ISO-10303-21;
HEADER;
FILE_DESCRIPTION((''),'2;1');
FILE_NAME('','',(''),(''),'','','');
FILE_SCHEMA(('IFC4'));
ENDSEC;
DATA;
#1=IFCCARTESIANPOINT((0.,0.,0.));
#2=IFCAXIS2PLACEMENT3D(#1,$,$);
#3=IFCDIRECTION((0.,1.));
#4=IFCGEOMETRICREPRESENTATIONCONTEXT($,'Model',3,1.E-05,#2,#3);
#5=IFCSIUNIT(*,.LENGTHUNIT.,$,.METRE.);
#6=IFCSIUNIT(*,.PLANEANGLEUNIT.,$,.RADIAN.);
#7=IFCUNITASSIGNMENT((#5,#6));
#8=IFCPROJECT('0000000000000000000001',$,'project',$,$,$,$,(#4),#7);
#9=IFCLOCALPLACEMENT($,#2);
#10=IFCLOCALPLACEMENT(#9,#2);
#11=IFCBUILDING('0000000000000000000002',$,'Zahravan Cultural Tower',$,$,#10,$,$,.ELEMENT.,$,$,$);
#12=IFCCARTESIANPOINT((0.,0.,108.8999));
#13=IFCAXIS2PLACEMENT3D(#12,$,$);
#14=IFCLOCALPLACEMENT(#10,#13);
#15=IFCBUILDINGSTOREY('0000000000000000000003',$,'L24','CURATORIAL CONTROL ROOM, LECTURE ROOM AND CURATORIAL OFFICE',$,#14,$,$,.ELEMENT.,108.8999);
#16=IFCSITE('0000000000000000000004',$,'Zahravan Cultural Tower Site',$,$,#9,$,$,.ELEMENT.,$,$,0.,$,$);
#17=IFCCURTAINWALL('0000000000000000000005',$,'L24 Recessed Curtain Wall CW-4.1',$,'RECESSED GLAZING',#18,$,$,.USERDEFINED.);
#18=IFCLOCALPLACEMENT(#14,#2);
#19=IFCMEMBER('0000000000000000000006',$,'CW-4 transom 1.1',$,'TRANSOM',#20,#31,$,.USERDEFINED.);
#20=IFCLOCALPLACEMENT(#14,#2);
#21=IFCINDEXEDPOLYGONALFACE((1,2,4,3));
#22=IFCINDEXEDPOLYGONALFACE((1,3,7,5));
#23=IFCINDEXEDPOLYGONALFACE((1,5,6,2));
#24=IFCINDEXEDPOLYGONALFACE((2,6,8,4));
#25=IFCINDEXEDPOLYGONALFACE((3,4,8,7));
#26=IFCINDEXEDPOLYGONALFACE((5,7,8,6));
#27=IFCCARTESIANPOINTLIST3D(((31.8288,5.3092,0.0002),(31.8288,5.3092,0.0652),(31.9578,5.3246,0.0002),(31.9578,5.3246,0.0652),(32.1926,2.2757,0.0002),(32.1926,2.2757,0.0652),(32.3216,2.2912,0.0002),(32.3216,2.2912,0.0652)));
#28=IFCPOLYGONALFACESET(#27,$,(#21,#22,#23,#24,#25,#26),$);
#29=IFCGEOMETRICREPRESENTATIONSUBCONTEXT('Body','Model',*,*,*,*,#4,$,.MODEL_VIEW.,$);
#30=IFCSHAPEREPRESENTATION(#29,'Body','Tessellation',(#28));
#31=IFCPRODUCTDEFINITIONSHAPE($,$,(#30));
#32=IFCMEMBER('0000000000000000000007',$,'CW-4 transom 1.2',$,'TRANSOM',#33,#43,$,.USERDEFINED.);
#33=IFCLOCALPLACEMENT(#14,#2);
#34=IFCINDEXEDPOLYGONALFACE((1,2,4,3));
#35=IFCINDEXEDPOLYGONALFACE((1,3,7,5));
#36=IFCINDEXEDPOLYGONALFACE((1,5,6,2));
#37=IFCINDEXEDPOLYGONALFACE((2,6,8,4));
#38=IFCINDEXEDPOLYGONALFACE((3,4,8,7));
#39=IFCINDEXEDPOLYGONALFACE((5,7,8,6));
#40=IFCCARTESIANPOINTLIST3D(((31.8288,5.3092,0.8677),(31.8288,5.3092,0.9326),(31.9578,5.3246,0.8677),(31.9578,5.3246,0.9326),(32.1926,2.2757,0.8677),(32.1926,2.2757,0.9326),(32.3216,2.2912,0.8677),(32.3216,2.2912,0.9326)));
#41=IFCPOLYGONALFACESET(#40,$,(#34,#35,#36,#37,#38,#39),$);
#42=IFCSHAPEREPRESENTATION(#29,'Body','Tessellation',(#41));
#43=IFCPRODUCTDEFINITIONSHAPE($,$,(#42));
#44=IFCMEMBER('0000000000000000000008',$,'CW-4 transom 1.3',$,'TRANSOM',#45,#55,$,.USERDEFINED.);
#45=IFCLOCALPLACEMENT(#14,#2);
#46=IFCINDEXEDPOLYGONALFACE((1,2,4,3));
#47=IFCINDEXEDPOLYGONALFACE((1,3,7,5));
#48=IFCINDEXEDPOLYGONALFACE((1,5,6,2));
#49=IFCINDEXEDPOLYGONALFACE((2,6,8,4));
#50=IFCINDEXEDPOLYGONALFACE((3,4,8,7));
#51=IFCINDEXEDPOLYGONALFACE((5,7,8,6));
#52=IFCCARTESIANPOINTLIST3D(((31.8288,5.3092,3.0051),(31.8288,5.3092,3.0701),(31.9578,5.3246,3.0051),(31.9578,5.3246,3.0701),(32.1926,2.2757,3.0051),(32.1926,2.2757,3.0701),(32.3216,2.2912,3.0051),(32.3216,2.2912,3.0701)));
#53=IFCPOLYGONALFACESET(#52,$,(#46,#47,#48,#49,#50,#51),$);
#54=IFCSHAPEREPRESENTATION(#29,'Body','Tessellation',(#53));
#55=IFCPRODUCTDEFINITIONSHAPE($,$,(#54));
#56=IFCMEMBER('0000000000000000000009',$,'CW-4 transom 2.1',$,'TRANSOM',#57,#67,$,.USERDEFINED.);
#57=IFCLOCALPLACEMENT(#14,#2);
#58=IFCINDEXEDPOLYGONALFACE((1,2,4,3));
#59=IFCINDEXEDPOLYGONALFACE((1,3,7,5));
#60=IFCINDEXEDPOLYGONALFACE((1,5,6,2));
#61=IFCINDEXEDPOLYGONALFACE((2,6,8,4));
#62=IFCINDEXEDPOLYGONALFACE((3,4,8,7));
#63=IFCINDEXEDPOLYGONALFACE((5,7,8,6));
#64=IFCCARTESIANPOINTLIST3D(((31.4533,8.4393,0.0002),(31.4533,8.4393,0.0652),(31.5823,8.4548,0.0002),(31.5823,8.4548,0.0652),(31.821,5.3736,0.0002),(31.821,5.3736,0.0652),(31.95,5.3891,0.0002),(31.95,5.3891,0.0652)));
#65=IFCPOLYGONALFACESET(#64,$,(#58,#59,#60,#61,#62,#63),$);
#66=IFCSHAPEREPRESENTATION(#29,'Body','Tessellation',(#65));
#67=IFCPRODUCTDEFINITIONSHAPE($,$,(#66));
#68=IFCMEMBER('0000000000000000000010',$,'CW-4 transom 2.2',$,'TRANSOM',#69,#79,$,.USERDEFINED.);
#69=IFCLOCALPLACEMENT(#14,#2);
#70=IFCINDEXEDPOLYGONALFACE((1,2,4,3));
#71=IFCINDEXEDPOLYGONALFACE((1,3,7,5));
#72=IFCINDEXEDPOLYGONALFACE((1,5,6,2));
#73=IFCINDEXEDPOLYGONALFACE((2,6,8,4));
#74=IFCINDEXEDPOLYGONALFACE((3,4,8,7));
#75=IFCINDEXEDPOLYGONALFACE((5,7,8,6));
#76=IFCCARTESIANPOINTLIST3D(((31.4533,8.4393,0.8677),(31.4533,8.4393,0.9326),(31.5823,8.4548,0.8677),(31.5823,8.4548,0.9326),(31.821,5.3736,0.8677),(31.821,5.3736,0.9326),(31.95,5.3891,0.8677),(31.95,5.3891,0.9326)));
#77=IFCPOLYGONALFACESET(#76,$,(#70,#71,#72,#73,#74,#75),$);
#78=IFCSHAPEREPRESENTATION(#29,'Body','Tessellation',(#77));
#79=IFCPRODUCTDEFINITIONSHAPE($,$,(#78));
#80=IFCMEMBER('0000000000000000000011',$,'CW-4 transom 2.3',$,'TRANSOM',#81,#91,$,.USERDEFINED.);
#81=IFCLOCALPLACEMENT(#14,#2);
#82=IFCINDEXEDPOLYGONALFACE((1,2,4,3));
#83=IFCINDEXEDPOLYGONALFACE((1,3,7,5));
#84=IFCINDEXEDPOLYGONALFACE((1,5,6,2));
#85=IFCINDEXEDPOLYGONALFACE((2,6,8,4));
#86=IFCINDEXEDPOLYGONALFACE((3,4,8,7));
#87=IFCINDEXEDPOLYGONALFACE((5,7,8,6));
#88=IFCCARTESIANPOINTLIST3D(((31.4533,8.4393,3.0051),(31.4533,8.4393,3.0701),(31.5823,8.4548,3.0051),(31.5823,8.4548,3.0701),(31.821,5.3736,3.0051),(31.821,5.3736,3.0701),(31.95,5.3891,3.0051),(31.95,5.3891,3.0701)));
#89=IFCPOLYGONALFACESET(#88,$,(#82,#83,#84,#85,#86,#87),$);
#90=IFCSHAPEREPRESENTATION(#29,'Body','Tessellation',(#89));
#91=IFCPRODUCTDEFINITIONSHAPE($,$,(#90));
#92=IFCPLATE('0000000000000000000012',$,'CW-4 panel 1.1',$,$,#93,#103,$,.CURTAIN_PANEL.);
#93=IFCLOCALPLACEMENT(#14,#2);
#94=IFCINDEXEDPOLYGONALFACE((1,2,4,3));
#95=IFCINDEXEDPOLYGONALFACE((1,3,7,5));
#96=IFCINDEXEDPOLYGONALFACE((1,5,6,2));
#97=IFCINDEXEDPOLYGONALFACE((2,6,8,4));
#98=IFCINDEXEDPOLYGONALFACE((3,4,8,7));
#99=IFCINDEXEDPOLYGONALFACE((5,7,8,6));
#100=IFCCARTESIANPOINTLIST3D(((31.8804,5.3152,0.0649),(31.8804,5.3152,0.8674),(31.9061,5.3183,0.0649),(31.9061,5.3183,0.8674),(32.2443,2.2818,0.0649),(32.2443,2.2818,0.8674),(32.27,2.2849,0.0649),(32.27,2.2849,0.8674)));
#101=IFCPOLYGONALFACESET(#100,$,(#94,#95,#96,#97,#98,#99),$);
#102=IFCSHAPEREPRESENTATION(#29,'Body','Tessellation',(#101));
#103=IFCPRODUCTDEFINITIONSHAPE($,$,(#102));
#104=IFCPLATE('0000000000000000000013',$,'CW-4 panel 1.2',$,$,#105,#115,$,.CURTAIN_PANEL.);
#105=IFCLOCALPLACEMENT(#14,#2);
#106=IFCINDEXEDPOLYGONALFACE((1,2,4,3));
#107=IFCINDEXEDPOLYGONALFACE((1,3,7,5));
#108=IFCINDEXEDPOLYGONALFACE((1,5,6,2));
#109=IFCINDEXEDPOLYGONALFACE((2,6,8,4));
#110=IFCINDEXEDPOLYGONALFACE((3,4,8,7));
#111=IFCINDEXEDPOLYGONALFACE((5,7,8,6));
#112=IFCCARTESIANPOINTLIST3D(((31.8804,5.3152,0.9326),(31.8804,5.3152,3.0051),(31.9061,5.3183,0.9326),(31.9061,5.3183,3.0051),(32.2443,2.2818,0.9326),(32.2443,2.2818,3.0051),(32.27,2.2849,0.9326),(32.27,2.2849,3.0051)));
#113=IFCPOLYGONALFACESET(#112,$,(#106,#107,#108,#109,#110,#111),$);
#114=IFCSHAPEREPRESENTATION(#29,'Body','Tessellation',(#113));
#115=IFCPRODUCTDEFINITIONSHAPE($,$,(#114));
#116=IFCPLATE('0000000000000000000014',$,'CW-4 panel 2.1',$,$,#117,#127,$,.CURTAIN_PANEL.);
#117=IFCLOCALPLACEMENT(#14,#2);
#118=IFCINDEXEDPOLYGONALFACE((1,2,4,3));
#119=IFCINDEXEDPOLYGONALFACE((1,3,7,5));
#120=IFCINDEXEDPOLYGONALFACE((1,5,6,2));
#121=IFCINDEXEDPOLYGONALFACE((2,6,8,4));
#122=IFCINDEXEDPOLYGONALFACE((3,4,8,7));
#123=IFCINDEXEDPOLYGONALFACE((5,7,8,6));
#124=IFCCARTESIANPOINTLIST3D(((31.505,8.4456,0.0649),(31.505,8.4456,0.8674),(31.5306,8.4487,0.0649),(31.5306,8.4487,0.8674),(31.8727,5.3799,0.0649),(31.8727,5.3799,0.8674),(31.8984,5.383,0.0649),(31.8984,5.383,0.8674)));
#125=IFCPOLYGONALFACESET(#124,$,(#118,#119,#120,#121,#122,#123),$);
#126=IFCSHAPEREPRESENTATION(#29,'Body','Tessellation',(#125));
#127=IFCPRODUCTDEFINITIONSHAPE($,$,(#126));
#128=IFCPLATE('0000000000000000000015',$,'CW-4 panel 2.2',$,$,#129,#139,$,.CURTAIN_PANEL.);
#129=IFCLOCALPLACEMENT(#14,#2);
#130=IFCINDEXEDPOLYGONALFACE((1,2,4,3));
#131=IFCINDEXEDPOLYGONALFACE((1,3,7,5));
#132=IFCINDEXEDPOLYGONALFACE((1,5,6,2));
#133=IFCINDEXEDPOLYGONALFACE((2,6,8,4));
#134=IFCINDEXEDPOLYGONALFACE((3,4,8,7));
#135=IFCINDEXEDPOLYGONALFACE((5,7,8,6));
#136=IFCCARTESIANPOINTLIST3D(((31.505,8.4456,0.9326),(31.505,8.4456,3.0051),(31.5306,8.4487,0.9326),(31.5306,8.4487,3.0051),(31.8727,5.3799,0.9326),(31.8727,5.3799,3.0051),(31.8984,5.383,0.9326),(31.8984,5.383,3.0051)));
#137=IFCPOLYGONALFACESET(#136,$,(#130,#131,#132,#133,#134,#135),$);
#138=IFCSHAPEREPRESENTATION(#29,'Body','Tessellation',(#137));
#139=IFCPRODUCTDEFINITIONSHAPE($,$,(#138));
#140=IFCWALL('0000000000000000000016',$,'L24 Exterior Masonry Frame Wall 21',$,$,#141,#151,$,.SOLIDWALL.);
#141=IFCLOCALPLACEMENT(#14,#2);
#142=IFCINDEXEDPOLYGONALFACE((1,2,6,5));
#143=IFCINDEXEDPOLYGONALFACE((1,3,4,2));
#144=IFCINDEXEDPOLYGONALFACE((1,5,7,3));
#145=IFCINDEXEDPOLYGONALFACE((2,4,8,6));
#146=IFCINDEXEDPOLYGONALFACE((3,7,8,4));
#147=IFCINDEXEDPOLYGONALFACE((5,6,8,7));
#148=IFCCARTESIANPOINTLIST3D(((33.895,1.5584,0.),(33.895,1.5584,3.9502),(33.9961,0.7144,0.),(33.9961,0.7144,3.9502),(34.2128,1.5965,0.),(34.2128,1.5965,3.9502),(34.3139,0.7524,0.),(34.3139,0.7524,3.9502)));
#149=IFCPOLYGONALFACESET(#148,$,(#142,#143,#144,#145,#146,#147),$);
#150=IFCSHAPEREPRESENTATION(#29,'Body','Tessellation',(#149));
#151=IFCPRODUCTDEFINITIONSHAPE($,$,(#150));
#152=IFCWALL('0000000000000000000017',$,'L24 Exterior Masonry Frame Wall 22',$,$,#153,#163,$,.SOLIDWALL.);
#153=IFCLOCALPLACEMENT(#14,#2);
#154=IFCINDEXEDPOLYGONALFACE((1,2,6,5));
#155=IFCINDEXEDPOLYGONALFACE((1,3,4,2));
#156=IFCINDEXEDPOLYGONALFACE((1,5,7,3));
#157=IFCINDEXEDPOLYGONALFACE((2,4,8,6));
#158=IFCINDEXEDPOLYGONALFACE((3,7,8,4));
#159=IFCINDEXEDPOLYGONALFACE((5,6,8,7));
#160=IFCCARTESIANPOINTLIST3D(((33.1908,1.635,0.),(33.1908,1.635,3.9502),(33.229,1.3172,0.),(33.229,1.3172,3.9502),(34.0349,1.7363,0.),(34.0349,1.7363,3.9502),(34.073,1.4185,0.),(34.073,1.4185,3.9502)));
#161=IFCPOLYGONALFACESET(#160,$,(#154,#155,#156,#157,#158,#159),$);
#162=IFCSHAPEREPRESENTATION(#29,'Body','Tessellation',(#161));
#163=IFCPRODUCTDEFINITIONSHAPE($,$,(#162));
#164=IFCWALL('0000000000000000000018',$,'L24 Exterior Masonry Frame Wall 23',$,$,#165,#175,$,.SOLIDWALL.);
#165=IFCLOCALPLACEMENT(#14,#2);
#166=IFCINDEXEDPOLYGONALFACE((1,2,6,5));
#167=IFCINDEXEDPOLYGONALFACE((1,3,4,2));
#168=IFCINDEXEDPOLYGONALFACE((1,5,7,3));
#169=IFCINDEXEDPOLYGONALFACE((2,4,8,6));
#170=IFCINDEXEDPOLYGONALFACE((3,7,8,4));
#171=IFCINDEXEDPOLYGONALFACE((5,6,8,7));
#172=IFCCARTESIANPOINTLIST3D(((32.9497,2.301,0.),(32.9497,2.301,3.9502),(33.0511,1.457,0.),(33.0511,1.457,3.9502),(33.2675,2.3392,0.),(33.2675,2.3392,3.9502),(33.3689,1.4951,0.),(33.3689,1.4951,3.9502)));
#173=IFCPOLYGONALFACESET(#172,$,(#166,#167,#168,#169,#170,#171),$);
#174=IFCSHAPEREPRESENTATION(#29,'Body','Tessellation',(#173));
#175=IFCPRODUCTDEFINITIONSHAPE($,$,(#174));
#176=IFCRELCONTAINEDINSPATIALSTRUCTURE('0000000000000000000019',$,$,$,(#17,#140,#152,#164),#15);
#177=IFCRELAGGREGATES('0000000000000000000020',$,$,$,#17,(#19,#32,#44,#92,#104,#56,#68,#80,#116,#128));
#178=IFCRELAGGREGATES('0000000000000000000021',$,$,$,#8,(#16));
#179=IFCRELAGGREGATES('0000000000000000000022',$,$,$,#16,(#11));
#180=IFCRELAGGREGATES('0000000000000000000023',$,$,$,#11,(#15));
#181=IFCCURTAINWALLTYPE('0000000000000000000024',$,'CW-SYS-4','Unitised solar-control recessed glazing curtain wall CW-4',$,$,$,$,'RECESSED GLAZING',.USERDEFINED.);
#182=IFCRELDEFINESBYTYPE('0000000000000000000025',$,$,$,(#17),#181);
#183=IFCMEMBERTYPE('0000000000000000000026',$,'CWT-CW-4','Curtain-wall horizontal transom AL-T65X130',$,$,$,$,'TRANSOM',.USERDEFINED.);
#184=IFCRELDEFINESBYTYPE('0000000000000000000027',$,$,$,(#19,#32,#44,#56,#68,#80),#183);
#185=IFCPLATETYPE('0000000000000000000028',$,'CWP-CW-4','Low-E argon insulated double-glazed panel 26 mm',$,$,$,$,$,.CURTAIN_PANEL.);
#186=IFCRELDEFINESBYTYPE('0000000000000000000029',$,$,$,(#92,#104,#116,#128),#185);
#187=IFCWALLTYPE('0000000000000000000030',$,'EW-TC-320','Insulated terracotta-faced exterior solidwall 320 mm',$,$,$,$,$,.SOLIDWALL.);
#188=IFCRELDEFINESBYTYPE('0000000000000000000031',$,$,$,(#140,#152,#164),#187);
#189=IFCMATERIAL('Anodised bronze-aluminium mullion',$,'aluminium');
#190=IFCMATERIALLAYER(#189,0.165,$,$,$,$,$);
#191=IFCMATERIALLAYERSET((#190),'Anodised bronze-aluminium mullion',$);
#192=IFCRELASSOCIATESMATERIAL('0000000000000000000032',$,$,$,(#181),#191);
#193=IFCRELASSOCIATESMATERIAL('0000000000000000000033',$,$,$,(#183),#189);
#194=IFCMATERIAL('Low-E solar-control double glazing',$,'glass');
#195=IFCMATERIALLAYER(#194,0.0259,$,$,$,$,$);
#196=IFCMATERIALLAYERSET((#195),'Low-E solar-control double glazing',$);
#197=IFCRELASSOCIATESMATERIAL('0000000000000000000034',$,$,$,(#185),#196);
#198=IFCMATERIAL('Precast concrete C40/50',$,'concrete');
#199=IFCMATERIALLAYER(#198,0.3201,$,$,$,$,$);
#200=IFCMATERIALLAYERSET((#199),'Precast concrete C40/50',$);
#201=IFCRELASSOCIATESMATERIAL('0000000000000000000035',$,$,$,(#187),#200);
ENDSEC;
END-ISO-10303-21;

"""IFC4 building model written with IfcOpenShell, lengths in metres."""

from ifc_helpers import new_model, si_unit, direction, frame, frame_2d, origin, origin_2d, place, context, subcontext, project, spatial, rectangle, extrude, source, transform, mapped, material, layer, layer_set, material_profile, profile_set, type_object, element, aggregate, save


model = new_model("IFC4")

# Units and contexts
model_context = context("Model", 3, precision=1e-05, world=origin(), true_north=direction((0.0, 1.0)))
body_context = subcontext(model_context, "Body", "Model", "MODEL_VIEW")
ifc_project = project(units=[si_unit("LENGTHUNIT", "METRE"), si_unit("PLANEANGLEUNIT", "RADIAN")], contexts=[model_context])

# Site, building, storey
site_placement = place(None, origin())
site = spatial("IfcSite", under=ifc_project, at=site_placement, Name="Zahravan Cultural Tower Site", CompositionType="ELEMENT", RefElevation=0.0)
building_placement = place(site_placement, origin())
building = spatial("IfcBuilding", under=site, at=building_placement, Name="Zahravan Cultural Tower", CompositionType="ELEMENT")
storey_placement = place(building_placement, frame((0.0, 0.0, 108.8999)))
storey = spatial("IfcBuildingStorey", under=building, at=storey_placement, Name="L24", Description="CURATORIAL CONTROL ROOM, LECTURE ROOM AND CURATORIAL OFFICE", CompositionType="ELEMENT", Elevation=108.8999)

# Curtain wall, members, plates
ifc_material_1 = material(Name="Anodised bronze-aluminium mullion", Category="aluminium")
ifc_layer_1 = layer(ifc_material_1, 0.165)
ifc_layer_set_1 = layer_set([ifc_layer_1], Name="Anodised bronze-aluminium mullion")
curtain_wall_type = type_object("IfcCurtainWallType", Name="CW-SYS-4", Description="Unitised solar-control recessed glazing curtain wall CW-4", ElementType="RECESSED GLAZING", PredefinedType="USERDEFINED", material=ifc_layer_set_1)
curtain_wall_placement = place(storey_placement, origin())
curtain_wall = element("IfcCurtainWall", 1, at=curtain_wall_placement, inside=storey, type_object=curtain_wall_type, Name="L24 Recessed Curtain Wall CW-4.1", ObjectType="RECESSED GLAZING", PredefinedType="USERDEFINED")
ifc_material_profile_1 = material_profile(ifc_material_1, rectangle(XDim=0.1299, YDim=0.0649, at=origin_2d()), Name="AL-T65X130")
ifc_profile_set_1 = profile_set([ifc_material_profile_1], Name="Anodised bronze-aluminium mullion")
member_type_1 = type_object("IfcMemberType", Name="CWT-CW-4", Description="Curtain-wall horizontal transom AL-T65X130", ElementType="TRANSOM", PredefinedType="USERDEFINED", material=ifc_profile_set_1)
shared_shape_1 = source(origin(), body_context, "Body", "SweptSolid", [
    extrude(rectangle(XDim=0.1299, YDim=0.0649, at=origin_2d()), origin(), (0.0, 0.0, 1.0), 3.0552),
])
member_1_placement = place(storey_placement, frame((32.2571, 2.2834, 0.0327), z_axis=(-0.119066, 0.992886, 0.0), x_axis=(-0.992886, -0.119066, 0.0)))
member_1 = element("IfcMember", 2, at=member_1_placement, type_object=member_type_1, Name="CW-4 transom 1.1", ObjectType="TRANSOM", PredefinedType="USERDEFINED", context=body_context, shape_type="MappedRepresentation", body=[
    mapped(shared_shape_1, transform((0.0, 0.0, 0.0), x_axis=(1.0, 0.0, 0.0), y_axis=(0.0, 1.0, 0.0), z_axis=(0.0, 0.0, 1.0), scale=1.0)),
])
member_2_placement = place(storey_placement, frame((32.2571, 2.2834, 0.9001), z_axis=(-0.119066, 0.992886, 0.0), x_axis=(-0.992886, -0.119066, 0.0)))
member_2 = element("IfcMember", 3, at=member_2_placement, type_object=member_type_1, Name="CW-4 transom 1.2", ObjectType="TRANSOM", PredefinedType="USERDEFINED", context=body_context, shape_type="MappedRepresentation", body=[
    mapped(shared_shape_1, transform((0.0, 0.0, 0.0), x_axis=(1.0, 0.0, 0.0), y_axis=(0.0, 1.0, 0.0), z_axis=(0.0, 0.0, 1.0), scale=1.0)),
])
member_3_placement = place(storey_placement, frame((32.2571, 2.2834, 3.0376), z_axis=(-0.119066, 0.992886, 0.0), x_axis=(-0.992886, -0.119066, 0.0)))
member_3 = element("IfcMember", 4, at=member_3_placement, type_object=member_type_1, Name="CW-4 transom 1.3", ObjectType="TRANSOM", PredefinedType="USERDEFINED", context=body_context, shape_type="MappedRepresentation", body=[
    mapped(shared_shape_1, transform((0.0, 0.0, 0.0), x_axis=(1.0, 0.0, 0.0), y_axis=(0.0, 1.0, 0.0), z_axis=(0.0, 0.0, 1.0), scale=1.0)),
])
shared_shape_2 = source(origin(), body_context, "Body", "SweptSolid", [
    extrude(rectangle(XDim=0.1299, YDim=0.0649, at=origin_2d()), origin(), (0.0, 0.0, 1.0), 3.0876),
])
member_4_placement = place(storey_placement, frame((31.8855, 5.3813, 0.0327), z_axis=(-0.11908, 0.992885, 0.0), x_axis=(-0.992885, -0.11908, 0.0)))
member_4 = element("IfcMember", 5, at=member_4_placement, type_object=member_type_1, Name="CW-4 transom 2.1", ObjectType="TRANSOM", PredefinedType="USERDEFINED", context=body_context, shape_type="MappedRepresentation", body=[
    mapped(shared_shape_2, transform((0.0, 0.0, 0.0), x_axis=(1.0, 0.0, 0.0), y_axis=(0.0, 1.0, 0.0), z_axis=(0.0, 0.0, 1.0), scale=1.0)),
])
member_5_placement = place(storey_placement, frame((31.8855, 5.3813, 0.9001), z_axis=(-0.11908, 0.992885, 0.0), x_axis=(-0.992885, -0.11908, 0.0)))
member_5 = element("IfcMember", 6, at=member_5_placement, type_object=member_type_1, Name="CW-4 transom 2.2", ObjectType="TRANSOM", PredefinedType="USERDEFINED", context=body_context, shape_type="MappedRepresentation", body=[
    mapped(shared_shape_2, transform((0.0, 0.0, 0.0), x_axis=(1.0, 0.0, 0.0), y_axis=(0.0, 1.0, 0.0), z_axis=(0.0, 0.0, 1.0), scale=1.0)),
])
member_6_placement = place(storey_placement, frame((31.8855, 5.3813, 3.0376), z_axis=(-0.11908, 0.992885, 0.0), x_axis=(-0.992885, -0.11908, 0.0)))
member_6 = element("IfcMember", 7, at=member_6_placement, type_object=member_type_1, Name="CW-4 transom 2.3", ObjectType="TRANSOM", PredefinedType="USERDEFINED", context=body_context, shape_type="MappedRepresentation", body=[
    mapped(shared_shape_2, transform((0.0, 0.0, 0.0), x_axis=(1.0, 0.0, 0.0), y_axis=(0.0, 1.0, 0.0), z_axis=(0.0, 0.0, 1.0), scale=1.0)),
])
ifc_material_2 = material(Name="Low-E solar-control double glazing", Category="glass")
ifc_layer_2 = layer(ifc_material_2, 0.0259)
ifc_layer_set_2 = layer_set([ifc_layer_2], Name="Low-E solar-control double glazing")
plate_type = type_object("IfcPlateType", Name="CWP-CW-4", Description="Low-E argon insulated double-glazed panel 26 mm", PredefinedType="CURTAIN_PANEL", material=ifc_layer_set_2)
shared_shape_3 = source(origin(), body_context, "Body", "SweptSolid", [
    extrude(rectangle(XDim=3.0552, YDim=0.0259, at=origin_2d()), origin(), (0.0, 0.0, 1.0), 0.8025),
])
plate_1_placement = place(storey_placement, frame((32.0752, 3.8, 0.0649), z_axis=(0.0, 0.0, 1.0), x_axis=(-0.119095, 0.992883, 0.0)))
plate_1 = element("IfcPlate", 8, at=plate_1_placement, type_object=plate_type, Name="CW-4 panel 1.1", PredefinedType="CURTAIN_PANEL", context=body_context, shape_type="MappedRepresentation", body=[
    mapped(shared_shape_3, transform((0.0, 0.0, 0.0), x_axis=(1.0, 0.0, 0.0), y_axis=(0.0, 1.0, 0.0), z_axis=(0.0, 0.0, 1.0), scale=1.0)),
])
shared_shape_4 = source(origin(), body_context, "Body", "SweptSolid", [
    extrude(rectangle(XDim=3.0552, YDim=0.0259, at=origin_2d()), origin(), (0.0, 0.0, 1.0), 2.0725),
])
plate_2_placement = place(storey_placement, frame((32.0752, 3.8, 0.9326), z_axis=(0.0, 0.0, 1.0), x_axis=(-0.119095, 0.992883, 0.0)))
plate_2 = element("IfcPlate", 9, at=plate_2_placement, type_object=plate_type, Name="CW-4 panel 1.2", PredefinedType="CURTAIN_PANEL", context=body_context, shape_type="MappedRepresentation", body=[
    mapped(shared_shape_4, transform((0.0, 0.0, 0.0), x_axis=(1.0, 0.0, 0.0), y_axis=(0.0, 1.0, 0.0), z_axis=(0.0, 0.0, 1.0), scale=1.0)),
])
shared_shape_5 = source(origin(), body_context, "Body", "SweptSolid", [
    extrude(rectangle(XDim=3.0876, YDim=0.0259, at=origin_2d()), origin(), (0.0, 0.0, 1.0), 0.8025),
])
plate_3_placement = place(storey_placement, frame((31.7017, 6.9143, 0.0649), z_axis=(0.0, 0.0, 1.0), x_axis=(-0.119095, 0.992883, 0.0)))
plate_3 = element("IfcPlate", 10, at=plate_3_placement, type_object=plate_type, Name="CW-4 panel 2.1", PredefinedType="CURTAIN_PANEL", context=body_context, shape_type="MappedRepresentation", body=[
    mapped(shared_shape_5, transform((0.0, 0.0, 0.0), x_axis=(1.0, 0.0, 0.0), y_axis=(0.0, 1.0, 0.0), z_axis=(0.0, 0.0, 1.0), scale=1.0)),
])
shared_shape_6 = source(origin(), body_context, "Body", "SweptSolid", [
    extrude(rectangle(XDim=3.0876, YDim=0.0259, at=origin_2d()), origin(), (0.0, 0.0, 1.0), 2.0725),
])
plate_4_placement = place(storey_placement, frame((31.7017, 6.9143, 0.9326), z_axis=(0.0, 0.0, 1.0), x_axis=(-0.119095, 0.992883, 0.0)))
plate_4 = element("IfcPlate", 11, at=plate_4_placement, type_object=plate_type, Name="CW-4 panel 2.2", PredefinedType="CURTAIN_PANEL", context=body_context, shape_type="MappedRepresentation", body=[
    mapped(shared_shape_6, transform((0.0, 0.0, 0.0), x_axis=(1.0, 0.0, 0.0), y_axis=(0.0, 1.0, 0.0), z_axis=(0.0, 0.0, 1.0), scale=1.0)),
])
aggregate(curtain_wall, [member_1, member_2, member_3, plate_1, plate_2, member_4, member_5, member_6, plate_3, plate_4])

# Walls
ifc_material_3 = material(Name="Precast concrete C40/50", Category="concrete")
ifc_layer_3 = layer(ifc_material_3, 0.3201)
ifc_layer_set_3 = layer_set([ifc_layer_3], Name="Precast concrete C40/50")
wall_type_1 = type_object("IfcWallType", Name="EW-TC-320", Description="Insulated terracotta-faced exterior solidwall 320 mm", PredefinedType="SOLIDWALL", material=ifc_layer_set_3)
shared_shape_7 = source(origin(), body_context, "Body", "SweptSolid", [
    extrude(rectangle(XDim=0.8501, YDim=0.3201, at=frame_2d((0.425, 0.0))), origin(), (0.0, 0.0, 1.0), 3.9502),
])
for number, where, z_axis, x_axis, name in (
    (12, (34.155, 0.7334, 0.0), (0.0, 0.0, 1.0), (-0.118907, 0.992905, 0.0), "L24 Exterior Masonry Frame Wall 21"),
    (13, (34.054, 1.5774, 0.0), (0.0, 0.0, 1.0), (-0.992871, -0.119191, 0.0), "L24 Exterior Masonry Frame Wall 22"),
    (14, (33.21, 1.4761, 0.0), (0.0, 0.0, 1.0), (-0.119191, 0.992871, 0.0), "L24 Exterior Masonry Frame Wall 23"),
):
    element("IfcWall", number, at=place(storey_placement, frame(where, z_axis=z_axis, x_axis=x_axis)), inside=storey, type_object=wall_type_1, Name=name, PredefinedType="SOLIDWALL", context=body_context, shape_type="MappedRepresentation", body=[
        mapped(shared_shape_7, transform((0.0, 0.0, 0.0), x_axis=(1.0, 0.0, 0.0), y_axis=(0.0, 1.0, 0.0), z_axis=(0.0, 0.0, 1.0), scale=1.0)),
    ])

save(model, "model.ifc")
